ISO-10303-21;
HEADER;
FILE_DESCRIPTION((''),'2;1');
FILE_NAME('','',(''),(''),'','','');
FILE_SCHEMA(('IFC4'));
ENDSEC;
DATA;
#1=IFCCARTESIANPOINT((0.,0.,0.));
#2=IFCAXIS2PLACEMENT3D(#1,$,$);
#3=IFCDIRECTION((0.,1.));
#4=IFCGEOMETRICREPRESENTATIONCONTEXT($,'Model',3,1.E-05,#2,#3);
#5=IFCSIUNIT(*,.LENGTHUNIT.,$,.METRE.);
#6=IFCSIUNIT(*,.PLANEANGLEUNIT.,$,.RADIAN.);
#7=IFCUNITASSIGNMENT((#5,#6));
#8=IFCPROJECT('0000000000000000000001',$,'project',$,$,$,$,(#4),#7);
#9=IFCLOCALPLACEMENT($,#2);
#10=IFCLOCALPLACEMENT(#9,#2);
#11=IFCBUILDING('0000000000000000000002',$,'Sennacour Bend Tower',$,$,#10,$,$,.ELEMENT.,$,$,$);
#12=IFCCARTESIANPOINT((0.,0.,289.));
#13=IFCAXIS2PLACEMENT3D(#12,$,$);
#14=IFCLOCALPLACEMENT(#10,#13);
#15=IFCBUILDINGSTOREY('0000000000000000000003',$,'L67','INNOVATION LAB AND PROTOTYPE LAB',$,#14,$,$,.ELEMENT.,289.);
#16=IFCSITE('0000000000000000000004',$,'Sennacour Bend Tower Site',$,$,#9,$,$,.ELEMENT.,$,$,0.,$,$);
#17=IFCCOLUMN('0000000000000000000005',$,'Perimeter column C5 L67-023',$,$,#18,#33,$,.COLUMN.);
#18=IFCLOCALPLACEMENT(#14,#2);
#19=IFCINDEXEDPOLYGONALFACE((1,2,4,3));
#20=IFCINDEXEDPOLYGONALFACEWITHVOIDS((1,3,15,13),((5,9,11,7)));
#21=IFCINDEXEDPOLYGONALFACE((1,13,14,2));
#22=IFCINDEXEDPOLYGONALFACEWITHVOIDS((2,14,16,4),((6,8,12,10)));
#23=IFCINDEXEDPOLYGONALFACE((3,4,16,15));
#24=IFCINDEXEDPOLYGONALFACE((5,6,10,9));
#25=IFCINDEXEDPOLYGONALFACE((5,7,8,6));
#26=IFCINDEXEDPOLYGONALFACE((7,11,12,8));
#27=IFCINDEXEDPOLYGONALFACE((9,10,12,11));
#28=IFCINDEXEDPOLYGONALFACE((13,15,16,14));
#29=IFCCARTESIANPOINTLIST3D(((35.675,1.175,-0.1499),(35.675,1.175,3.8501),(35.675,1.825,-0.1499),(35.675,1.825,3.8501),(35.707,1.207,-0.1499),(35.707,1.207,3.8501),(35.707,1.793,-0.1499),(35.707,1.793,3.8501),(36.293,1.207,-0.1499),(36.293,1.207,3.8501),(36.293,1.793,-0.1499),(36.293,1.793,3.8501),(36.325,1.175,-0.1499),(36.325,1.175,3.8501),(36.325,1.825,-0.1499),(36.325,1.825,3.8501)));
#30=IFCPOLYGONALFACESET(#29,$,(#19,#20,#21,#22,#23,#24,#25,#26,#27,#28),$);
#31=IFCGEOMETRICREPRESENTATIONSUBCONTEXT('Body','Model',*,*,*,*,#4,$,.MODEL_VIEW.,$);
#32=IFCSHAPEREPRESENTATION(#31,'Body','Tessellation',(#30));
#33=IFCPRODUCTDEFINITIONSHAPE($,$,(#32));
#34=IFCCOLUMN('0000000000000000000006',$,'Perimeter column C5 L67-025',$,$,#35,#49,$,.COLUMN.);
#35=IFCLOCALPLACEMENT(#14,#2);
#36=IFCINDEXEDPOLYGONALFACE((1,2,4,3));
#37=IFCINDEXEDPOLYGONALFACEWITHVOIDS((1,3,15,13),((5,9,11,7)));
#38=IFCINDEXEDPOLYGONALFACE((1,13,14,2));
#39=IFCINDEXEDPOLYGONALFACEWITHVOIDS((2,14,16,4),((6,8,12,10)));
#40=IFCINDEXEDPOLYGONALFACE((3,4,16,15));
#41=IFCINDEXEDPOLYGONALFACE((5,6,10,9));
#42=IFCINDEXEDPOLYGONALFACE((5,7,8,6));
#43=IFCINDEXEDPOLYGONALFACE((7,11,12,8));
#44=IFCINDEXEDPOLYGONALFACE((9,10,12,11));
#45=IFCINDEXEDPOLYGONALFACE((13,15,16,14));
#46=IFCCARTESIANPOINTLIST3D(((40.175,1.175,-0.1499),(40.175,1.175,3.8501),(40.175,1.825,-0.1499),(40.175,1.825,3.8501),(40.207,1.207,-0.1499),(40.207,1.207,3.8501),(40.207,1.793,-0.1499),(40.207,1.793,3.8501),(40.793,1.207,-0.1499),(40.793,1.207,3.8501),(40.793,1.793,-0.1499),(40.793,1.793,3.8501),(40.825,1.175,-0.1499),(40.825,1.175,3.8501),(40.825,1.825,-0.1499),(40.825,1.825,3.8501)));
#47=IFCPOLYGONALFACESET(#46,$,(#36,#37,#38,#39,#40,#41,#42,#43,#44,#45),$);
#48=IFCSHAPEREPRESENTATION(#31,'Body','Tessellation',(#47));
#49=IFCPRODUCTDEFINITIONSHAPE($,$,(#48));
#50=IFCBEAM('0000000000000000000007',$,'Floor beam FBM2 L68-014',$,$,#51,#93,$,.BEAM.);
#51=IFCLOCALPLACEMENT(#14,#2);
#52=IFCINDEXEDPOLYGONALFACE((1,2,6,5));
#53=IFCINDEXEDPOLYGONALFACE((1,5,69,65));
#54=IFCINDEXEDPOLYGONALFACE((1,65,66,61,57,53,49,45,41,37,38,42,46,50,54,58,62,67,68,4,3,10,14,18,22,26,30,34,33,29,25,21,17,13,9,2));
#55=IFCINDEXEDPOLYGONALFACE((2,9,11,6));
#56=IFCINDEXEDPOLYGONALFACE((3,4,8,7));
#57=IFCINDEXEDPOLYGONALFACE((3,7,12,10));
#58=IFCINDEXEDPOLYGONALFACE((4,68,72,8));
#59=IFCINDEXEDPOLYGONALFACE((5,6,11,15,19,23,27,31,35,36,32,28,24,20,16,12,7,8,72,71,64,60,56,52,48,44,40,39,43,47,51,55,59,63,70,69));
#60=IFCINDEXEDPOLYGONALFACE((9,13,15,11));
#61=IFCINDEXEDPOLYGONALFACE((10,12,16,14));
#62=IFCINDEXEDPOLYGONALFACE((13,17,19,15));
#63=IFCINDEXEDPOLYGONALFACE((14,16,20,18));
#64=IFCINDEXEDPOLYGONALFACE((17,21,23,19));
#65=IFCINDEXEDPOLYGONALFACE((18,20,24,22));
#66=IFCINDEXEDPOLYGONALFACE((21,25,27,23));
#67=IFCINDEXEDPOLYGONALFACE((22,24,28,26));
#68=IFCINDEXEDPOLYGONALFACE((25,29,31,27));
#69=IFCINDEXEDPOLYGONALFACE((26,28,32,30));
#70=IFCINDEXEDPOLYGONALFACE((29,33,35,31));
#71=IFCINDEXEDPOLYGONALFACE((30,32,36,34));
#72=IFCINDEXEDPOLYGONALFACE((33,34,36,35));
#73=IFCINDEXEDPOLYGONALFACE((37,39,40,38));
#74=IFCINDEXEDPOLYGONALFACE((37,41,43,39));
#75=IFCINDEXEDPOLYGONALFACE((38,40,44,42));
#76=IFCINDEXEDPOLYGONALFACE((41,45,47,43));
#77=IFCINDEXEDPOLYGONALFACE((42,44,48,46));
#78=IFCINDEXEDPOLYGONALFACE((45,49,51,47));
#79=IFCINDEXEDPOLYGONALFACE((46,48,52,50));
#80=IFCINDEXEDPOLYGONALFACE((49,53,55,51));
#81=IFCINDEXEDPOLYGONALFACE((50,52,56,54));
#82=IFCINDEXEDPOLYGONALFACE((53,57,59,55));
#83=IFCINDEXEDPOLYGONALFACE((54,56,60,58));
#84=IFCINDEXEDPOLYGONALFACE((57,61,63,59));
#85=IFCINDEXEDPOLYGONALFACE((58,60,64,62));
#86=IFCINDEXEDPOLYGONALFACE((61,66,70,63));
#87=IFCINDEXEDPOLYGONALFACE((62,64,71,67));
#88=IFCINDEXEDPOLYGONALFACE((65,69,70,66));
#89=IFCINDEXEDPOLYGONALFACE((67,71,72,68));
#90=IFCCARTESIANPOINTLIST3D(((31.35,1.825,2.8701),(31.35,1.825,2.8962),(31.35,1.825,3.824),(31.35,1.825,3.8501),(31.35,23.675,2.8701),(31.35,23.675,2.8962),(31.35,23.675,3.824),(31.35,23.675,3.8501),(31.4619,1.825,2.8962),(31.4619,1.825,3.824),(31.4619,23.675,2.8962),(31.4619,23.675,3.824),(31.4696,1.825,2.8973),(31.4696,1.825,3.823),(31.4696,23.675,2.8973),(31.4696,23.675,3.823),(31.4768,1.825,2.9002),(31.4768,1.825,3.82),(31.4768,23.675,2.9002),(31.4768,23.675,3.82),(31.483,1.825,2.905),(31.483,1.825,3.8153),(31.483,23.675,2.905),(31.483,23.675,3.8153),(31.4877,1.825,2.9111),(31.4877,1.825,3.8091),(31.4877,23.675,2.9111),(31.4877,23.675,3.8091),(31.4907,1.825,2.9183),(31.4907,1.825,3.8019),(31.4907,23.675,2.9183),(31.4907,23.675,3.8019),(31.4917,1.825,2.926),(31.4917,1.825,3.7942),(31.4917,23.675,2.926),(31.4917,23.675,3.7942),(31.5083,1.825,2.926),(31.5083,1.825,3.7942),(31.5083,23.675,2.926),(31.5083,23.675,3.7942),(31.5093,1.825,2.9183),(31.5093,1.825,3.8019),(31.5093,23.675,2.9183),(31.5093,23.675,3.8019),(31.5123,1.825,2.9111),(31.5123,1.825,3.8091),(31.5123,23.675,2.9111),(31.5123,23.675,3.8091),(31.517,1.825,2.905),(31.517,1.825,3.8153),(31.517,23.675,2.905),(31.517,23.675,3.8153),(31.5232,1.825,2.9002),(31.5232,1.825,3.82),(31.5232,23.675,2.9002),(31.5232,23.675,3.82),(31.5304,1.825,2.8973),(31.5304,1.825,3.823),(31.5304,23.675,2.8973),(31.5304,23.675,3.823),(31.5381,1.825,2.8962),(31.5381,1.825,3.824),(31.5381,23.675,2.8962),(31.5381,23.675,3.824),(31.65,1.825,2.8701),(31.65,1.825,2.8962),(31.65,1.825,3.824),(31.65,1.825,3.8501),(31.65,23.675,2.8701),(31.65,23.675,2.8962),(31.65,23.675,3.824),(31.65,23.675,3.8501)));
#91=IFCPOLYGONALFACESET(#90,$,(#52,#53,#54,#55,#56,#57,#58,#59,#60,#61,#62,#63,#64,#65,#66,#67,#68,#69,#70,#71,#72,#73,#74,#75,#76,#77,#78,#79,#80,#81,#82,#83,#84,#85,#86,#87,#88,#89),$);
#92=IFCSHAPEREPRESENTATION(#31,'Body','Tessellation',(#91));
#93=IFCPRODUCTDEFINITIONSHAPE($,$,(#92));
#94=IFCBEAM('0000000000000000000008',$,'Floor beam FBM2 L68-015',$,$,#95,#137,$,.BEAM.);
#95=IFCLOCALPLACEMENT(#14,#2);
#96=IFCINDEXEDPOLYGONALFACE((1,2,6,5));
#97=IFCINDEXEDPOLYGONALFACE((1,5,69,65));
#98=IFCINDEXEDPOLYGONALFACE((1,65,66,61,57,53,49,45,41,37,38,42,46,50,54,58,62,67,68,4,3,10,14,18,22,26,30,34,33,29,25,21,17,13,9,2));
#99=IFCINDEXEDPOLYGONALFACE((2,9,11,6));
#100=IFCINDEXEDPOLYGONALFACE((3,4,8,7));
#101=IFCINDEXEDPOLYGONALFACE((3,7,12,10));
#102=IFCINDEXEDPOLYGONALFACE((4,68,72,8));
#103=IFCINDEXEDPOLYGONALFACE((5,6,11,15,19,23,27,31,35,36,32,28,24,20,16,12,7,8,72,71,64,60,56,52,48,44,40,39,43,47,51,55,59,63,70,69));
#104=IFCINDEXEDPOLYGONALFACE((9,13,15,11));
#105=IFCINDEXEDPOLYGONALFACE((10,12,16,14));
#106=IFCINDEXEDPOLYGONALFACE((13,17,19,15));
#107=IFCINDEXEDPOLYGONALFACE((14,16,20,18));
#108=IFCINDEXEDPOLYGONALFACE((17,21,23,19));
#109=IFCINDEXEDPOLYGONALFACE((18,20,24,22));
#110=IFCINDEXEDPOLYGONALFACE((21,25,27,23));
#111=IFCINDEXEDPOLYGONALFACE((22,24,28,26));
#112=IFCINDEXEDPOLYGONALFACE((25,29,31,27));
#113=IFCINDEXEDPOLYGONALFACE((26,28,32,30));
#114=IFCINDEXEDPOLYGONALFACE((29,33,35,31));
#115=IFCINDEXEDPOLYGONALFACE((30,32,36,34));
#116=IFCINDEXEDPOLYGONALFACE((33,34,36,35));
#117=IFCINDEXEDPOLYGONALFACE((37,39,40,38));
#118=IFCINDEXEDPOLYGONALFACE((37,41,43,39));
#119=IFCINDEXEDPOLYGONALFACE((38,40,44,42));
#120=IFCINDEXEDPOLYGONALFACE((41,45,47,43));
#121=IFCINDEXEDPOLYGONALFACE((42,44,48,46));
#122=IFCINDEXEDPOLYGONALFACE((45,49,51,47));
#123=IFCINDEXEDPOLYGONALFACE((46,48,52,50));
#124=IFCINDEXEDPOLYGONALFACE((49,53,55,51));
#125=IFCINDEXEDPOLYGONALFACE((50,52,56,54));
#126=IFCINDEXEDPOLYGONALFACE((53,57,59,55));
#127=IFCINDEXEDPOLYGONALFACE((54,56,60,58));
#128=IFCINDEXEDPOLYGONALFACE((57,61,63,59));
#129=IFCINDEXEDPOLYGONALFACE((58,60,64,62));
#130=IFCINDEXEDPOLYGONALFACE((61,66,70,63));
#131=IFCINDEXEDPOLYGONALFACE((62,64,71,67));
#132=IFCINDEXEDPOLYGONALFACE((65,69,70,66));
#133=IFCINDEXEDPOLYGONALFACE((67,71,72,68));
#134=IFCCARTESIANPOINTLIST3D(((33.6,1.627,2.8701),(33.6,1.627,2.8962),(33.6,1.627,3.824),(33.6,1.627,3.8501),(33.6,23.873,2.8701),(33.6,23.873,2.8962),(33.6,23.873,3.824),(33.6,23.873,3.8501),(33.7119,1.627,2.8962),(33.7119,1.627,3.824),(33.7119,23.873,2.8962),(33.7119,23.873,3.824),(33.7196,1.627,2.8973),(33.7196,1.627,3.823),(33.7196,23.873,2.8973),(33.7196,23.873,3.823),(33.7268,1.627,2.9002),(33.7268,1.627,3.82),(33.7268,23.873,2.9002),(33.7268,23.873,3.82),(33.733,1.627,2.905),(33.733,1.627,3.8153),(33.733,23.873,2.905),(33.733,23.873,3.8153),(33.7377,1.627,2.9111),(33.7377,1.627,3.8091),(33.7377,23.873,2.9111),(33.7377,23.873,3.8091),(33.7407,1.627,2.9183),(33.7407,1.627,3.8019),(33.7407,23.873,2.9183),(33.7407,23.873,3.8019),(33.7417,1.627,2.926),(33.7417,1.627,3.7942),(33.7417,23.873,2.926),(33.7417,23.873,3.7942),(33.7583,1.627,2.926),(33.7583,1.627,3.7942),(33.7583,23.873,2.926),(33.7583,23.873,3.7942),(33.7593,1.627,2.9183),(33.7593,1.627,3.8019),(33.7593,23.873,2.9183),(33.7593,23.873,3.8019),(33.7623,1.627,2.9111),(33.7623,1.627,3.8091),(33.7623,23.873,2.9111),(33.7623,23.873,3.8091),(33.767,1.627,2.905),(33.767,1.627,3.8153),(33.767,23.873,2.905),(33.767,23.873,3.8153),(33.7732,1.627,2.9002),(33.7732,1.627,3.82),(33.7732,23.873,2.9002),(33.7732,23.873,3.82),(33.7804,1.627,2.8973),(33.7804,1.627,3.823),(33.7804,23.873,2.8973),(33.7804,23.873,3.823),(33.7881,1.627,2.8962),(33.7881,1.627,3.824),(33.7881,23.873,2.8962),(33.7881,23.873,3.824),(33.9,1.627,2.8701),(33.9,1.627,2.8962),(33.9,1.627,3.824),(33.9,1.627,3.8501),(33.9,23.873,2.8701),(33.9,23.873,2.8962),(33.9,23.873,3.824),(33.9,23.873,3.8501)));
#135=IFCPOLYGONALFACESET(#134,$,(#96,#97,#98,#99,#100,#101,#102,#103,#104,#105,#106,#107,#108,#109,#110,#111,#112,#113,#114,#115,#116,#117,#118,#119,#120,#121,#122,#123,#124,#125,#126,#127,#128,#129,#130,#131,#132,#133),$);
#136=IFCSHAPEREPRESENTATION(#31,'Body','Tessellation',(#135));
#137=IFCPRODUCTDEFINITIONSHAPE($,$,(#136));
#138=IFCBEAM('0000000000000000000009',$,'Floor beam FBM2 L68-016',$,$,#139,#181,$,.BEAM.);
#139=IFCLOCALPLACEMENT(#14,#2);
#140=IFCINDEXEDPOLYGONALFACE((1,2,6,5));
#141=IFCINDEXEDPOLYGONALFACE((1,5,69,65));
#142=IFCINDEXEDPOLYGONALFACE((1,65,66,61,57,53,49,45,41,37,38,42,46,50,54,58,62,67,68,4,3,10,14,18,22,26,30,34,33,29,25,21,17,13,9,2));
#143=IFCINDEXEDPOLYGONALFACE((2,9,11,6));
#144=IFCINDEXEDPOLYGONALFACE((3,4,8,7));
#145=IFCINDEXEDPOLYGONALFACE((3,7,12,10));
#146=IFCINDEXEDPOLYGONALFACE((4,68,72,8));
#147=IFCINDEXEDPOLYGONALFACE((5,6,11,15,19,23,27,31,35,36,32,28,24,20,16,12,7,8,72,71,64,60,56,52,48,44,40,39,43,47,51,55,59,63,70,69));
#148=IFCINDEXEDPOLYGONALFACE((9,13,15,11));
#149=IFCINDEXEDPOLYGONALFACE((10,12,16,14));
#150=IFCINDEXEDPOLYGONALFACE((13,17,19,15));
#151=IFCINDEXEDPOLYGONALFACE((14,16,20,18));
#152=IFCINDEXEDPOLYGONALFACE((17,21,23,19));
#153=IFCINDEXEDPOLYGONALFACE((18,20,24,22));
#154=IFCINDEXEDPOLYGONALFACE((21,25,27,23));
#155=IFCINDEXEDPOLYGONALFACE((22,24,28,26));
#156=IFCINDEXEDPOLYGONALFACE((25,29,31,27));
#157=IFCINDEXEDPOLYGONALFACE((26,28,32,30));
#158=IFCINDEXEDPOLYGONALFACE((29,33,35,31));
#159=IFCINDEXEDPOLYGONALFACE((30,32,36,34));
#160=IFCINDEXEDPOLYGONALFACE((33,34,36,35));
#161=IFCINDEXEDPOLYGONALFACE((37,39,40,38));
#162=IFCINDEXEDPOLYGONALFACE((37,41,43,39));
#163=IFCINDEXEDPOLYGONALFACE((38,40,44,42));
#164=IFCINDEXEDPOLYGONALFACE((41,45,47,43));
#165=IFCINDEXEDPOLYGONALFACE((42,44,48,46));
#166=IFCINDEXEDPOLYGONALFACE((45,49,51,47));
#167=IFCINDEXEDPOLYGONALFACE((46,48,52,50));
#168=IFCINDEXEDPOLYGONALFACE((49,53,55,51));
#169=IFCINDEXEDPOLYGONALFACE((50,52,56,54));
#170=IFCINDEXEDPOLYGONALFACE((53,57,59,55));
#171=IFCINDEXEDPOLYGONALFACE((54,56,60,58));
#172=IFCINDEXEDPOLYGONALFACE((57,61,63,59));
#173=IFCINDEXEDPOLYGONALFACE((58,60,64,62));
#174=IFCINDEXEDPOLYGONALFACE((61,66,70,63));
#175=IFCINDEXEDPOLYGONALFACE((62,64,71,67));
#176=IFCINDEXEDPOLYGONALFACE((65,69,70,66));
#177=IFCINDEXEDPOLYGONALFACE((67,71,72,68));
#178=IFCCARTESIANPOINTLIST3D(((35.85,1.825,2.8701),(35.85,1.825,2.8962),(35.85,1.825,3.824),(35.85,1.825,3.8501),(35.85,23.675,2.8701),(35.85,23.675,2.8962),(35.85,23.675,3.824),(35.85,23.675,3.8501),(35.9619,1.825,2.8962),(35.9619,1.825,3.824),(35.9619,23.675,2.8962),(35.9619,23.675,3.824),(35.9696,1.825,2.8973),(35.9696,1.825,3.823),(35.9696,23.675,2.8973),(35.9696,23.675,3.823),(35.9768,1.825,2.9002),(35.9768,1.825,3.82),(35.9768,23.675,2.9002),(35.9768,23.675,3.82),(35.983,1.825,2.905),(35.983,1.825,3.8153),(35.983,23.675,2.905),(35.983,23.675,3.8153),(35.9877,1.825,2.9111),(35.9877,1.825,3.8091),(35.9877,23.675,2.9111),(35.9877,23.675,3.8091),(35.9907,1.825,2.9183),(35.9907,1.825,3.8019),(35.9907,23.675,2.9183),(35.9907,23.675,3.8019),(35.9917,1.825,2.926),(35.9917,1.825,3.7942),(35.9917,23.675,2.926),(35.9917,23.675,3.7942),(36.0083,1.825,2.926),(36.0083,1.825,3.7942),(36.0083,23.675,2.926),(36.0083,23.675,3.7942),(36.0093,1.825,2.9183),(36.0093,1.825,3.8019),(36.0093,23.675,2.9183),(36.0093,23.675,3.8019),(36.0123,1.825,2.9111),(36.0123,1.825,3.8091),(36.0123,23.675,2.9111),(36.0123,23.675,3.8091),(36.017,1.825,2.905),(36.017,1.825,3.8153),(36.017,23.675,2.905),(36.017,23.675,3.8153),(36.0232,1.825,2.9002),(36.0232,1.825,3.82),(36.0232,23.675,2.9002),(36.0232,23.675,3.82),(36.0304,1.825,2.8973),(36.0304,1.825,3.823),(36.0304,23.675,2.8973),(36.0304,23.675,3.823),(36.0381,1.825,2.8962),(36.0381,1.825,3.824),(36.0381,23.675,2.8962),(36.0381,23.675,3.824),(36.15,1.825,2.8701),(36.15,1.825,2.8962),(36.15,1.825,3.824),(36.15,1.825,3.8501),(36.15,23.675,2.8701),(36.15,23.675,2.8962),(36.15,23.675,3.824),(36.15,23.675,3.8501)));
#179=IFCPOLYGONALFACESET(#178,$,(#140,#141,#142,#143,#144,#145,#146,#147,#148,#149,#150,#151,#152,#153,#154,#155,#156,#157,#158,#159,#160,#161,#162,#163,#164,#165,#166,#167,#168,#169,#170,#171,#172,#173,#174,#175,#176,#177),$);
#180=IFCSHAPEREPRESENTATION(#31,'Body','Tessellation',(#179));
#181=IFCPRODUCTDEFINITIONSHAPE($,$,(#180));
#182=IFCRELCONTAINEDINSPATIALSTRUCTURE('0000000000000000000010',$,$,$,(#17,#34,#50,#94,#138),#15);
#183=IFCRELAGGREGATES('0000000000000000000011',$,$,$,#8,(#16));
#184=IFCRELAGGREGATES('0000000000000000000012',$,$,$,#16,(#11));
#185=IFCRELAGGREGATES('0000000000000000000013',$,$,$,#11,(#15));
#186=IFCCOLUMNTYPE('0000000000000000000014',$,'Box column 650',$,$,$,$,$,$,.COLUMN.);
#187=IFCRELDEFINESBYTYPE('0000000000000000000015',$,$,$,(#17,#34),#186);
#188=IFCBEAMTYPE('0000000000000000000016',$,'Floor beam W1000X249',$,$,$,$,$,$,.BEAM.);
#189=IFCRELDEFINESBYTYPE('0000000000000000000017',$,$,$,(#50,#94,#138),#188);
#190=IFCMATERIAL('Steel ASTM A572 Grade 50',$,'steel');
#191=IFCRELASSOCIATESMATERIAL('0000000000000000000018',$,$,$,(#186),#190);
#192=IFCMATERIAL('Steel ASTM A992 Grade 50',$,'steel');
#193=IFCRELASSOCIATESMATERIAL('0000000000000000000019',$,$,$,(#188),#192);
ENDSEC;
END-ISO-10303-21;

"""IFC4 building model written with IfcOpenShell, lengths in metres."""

from ifc_helpers import new_model, si_unit, direction, frame, origin, origin_2d, place, context, subcontext, project, spatial, hollow_rectangle, i_section, extrude, material, material_profile, profile_set, type_object, element, save


model = new_model("IFC4")

# Units and contexts
model_context = context("Model", 3, precision=1e-05, world=origin(), true_north=direction((0.0, 1.0)))
body_context = subcontext(model_context, "Body", "Model", "MODEL_VIEW")
ifc_project = project(units=[si_unit("LENGTHUNIT", "METRE"), si_unit("PLANEANGLEUNIT", "RADIAN")], contexts=[model_context])

# Site, building, storey
site_placement = place(None, origin())
site = spatial("IfcSite", under=ifc_project, at=site_placement, Name="Sennacour Bend Tower Site", CompositionType="ELEMENT", RefElevation=0.0)
building_placement = place(site_placement, origin())
building = spatial("IfcBuilding", under=site, at=building_placement, Name="Sennacour Bend Tower", CompositionType="ELEMENT")
storey_placement = place(building_placement, frame((0.0, 0.0, 289.0)))
storey = spatial("IfcBuildingStorey", under=building, at=storey_placement, Name="L67", Description="INNOVATION LAB AND PROTOTYPE LAB", CompositionType="ELEMENT", Elevation=289.0)

# Columns
ifc_material_1 = material(Name="Steel ASTM A572 Grade 50", Category="steel")
ifc_material_profile_1 = material_profile(ifc_material_1, hollow_rectangle(XDim=0.6499, YDim=0.6499, WallThickness=0.032, at=origin_2d()), Name="Steel ASTM A572 Grade 50", Category="steel")
ifc_profile_set_1 = profile_set([ifc_material_profile_1], Name="Steel ASTM A572 Grade 50")
column_type = type_object("IfcColumnType", Name="Box column 650", PredefinedType="COLUMN", material=ifc_profile_set_1)
for number, where, z_axis, x_axis, name in (
    (1, (36.0, 1.5, -0.1499), (0.0, 0.0, 1.0), (1.0, 0.0, 0.0), "Perimeter column C5 L67-023"),
    (2, (40.5, 1.5, -0.1499), (0.0, 0.0, 1.0), (1.0, 0.0, 0.0), "Perimeter column C5 L67-025"),
):
    element("IfcColumn", number, at=place(storey_placement, frame(where, z_axis=z_axis, x_axis=x_axis)), inside=storey, type_object=column_type, Name=name, PredefinedType="COLUMN", context=body_context, shape_type="SweptSolid", body=[
        extrude(hollow_rectangle(XDim=0.6499, YDim=0.6499, WallThickness=0.032, at=origin_2d()), origin(), (0.0, 0.0, 1.0), 4.0),
    ])

# Beams
ifc_material_2 = material(Name="Steel ASTM A992 Grade 50", Category="steel")
ifc_material_profile_2 = material_profile(ifc_material_2, i_section(OverallWidth=0.3, OverallDepth=0.98, WebThickness=0.0166, FlangeThickness=0.0261, FilletRadius=0.0298, at=origin_2d()), Name="Steel ASTM A992 Grade 50", Category="steel")
ifc_profile_set_2 = profile_set([ifc_material_profile_2], Name="Steel ASTM A992 Grade 50")
beam_type_1 = type_object("IfcBeamType", Name="Floor beam W1000X249", PredefinedType="BEAM", material=ifc_profile_set_2)
beam_1_placement = place(storey_placement, frame((31.5, 1.825, 3.3601), z_axis=(0.0, 1.0, 0.0), x_axis=(-1.0, 0.0, 0.0)))
element("IfcBeam", 3, at=beam_1_placement, inside=storey, type_object=beam_type_1, Name="Floor beam FBM2 L68-014", PredefinedType="BEAM", context=body_context, shape_type="SweptSolid", body=[
    extrude(i_section(OverallWidth=0.3, OverallDepth=0.98, WebThickness=0.0166, FlangeThickness=0.0261, FilletRadius=0.0298, at=origin_2d()), origin(), (0.0, 0.0, 1.0), 21.8501),
])
beam_2_placement = place(storey_placement, frame((33.75, 1.627, 3.3601), z_axis=(0.0, 1.0, 0.0), x_axis=(-1.0, 0.0, 0.0)))
element("IfcBeam", 4, at=beam_2_placement, inside=storey, type_object=beam_type_1, Name="Floor beam FBM2 L68-015", PredefinedType="BEAM", context=body_context, shape_type="SweptSolid", body=[
    extrude(i_section(OverallWidth=0.3, OverallDepth=0.98, WebThickness=0.0166, FlangeThickness=0.0261, FilletRadius=0.0298, at=origin_2d()), origin(), (0.0, 0.0, 1.0), 22.2461),
])
beam_3_placement = place(storey_placement, frame((36.0, 1.825, 3.3601), z_axis=(0.0, 1.0, 0.0), x_axis=(-1.0, 0.0, 0.0)))
element("IfcBeam", 5, at=beam_3_placement, inside=storey, type_object=beam_type_1, Name="Floor beam FBM2 L68-016", PredefinedType="BEAM", context=body_context, shape_type="SweptSolid", body=[
    extrude(i_section(OverallWidth=0.3, OverallDepth=0.98, WebThickness=0.0166, FlangeThickness=0.0261, FilletRadius=0.0298, at=origin_2d()), origin(), (0.0, 0.0, 1.0), 21.8501),
])

save(model, "model.ifc")
